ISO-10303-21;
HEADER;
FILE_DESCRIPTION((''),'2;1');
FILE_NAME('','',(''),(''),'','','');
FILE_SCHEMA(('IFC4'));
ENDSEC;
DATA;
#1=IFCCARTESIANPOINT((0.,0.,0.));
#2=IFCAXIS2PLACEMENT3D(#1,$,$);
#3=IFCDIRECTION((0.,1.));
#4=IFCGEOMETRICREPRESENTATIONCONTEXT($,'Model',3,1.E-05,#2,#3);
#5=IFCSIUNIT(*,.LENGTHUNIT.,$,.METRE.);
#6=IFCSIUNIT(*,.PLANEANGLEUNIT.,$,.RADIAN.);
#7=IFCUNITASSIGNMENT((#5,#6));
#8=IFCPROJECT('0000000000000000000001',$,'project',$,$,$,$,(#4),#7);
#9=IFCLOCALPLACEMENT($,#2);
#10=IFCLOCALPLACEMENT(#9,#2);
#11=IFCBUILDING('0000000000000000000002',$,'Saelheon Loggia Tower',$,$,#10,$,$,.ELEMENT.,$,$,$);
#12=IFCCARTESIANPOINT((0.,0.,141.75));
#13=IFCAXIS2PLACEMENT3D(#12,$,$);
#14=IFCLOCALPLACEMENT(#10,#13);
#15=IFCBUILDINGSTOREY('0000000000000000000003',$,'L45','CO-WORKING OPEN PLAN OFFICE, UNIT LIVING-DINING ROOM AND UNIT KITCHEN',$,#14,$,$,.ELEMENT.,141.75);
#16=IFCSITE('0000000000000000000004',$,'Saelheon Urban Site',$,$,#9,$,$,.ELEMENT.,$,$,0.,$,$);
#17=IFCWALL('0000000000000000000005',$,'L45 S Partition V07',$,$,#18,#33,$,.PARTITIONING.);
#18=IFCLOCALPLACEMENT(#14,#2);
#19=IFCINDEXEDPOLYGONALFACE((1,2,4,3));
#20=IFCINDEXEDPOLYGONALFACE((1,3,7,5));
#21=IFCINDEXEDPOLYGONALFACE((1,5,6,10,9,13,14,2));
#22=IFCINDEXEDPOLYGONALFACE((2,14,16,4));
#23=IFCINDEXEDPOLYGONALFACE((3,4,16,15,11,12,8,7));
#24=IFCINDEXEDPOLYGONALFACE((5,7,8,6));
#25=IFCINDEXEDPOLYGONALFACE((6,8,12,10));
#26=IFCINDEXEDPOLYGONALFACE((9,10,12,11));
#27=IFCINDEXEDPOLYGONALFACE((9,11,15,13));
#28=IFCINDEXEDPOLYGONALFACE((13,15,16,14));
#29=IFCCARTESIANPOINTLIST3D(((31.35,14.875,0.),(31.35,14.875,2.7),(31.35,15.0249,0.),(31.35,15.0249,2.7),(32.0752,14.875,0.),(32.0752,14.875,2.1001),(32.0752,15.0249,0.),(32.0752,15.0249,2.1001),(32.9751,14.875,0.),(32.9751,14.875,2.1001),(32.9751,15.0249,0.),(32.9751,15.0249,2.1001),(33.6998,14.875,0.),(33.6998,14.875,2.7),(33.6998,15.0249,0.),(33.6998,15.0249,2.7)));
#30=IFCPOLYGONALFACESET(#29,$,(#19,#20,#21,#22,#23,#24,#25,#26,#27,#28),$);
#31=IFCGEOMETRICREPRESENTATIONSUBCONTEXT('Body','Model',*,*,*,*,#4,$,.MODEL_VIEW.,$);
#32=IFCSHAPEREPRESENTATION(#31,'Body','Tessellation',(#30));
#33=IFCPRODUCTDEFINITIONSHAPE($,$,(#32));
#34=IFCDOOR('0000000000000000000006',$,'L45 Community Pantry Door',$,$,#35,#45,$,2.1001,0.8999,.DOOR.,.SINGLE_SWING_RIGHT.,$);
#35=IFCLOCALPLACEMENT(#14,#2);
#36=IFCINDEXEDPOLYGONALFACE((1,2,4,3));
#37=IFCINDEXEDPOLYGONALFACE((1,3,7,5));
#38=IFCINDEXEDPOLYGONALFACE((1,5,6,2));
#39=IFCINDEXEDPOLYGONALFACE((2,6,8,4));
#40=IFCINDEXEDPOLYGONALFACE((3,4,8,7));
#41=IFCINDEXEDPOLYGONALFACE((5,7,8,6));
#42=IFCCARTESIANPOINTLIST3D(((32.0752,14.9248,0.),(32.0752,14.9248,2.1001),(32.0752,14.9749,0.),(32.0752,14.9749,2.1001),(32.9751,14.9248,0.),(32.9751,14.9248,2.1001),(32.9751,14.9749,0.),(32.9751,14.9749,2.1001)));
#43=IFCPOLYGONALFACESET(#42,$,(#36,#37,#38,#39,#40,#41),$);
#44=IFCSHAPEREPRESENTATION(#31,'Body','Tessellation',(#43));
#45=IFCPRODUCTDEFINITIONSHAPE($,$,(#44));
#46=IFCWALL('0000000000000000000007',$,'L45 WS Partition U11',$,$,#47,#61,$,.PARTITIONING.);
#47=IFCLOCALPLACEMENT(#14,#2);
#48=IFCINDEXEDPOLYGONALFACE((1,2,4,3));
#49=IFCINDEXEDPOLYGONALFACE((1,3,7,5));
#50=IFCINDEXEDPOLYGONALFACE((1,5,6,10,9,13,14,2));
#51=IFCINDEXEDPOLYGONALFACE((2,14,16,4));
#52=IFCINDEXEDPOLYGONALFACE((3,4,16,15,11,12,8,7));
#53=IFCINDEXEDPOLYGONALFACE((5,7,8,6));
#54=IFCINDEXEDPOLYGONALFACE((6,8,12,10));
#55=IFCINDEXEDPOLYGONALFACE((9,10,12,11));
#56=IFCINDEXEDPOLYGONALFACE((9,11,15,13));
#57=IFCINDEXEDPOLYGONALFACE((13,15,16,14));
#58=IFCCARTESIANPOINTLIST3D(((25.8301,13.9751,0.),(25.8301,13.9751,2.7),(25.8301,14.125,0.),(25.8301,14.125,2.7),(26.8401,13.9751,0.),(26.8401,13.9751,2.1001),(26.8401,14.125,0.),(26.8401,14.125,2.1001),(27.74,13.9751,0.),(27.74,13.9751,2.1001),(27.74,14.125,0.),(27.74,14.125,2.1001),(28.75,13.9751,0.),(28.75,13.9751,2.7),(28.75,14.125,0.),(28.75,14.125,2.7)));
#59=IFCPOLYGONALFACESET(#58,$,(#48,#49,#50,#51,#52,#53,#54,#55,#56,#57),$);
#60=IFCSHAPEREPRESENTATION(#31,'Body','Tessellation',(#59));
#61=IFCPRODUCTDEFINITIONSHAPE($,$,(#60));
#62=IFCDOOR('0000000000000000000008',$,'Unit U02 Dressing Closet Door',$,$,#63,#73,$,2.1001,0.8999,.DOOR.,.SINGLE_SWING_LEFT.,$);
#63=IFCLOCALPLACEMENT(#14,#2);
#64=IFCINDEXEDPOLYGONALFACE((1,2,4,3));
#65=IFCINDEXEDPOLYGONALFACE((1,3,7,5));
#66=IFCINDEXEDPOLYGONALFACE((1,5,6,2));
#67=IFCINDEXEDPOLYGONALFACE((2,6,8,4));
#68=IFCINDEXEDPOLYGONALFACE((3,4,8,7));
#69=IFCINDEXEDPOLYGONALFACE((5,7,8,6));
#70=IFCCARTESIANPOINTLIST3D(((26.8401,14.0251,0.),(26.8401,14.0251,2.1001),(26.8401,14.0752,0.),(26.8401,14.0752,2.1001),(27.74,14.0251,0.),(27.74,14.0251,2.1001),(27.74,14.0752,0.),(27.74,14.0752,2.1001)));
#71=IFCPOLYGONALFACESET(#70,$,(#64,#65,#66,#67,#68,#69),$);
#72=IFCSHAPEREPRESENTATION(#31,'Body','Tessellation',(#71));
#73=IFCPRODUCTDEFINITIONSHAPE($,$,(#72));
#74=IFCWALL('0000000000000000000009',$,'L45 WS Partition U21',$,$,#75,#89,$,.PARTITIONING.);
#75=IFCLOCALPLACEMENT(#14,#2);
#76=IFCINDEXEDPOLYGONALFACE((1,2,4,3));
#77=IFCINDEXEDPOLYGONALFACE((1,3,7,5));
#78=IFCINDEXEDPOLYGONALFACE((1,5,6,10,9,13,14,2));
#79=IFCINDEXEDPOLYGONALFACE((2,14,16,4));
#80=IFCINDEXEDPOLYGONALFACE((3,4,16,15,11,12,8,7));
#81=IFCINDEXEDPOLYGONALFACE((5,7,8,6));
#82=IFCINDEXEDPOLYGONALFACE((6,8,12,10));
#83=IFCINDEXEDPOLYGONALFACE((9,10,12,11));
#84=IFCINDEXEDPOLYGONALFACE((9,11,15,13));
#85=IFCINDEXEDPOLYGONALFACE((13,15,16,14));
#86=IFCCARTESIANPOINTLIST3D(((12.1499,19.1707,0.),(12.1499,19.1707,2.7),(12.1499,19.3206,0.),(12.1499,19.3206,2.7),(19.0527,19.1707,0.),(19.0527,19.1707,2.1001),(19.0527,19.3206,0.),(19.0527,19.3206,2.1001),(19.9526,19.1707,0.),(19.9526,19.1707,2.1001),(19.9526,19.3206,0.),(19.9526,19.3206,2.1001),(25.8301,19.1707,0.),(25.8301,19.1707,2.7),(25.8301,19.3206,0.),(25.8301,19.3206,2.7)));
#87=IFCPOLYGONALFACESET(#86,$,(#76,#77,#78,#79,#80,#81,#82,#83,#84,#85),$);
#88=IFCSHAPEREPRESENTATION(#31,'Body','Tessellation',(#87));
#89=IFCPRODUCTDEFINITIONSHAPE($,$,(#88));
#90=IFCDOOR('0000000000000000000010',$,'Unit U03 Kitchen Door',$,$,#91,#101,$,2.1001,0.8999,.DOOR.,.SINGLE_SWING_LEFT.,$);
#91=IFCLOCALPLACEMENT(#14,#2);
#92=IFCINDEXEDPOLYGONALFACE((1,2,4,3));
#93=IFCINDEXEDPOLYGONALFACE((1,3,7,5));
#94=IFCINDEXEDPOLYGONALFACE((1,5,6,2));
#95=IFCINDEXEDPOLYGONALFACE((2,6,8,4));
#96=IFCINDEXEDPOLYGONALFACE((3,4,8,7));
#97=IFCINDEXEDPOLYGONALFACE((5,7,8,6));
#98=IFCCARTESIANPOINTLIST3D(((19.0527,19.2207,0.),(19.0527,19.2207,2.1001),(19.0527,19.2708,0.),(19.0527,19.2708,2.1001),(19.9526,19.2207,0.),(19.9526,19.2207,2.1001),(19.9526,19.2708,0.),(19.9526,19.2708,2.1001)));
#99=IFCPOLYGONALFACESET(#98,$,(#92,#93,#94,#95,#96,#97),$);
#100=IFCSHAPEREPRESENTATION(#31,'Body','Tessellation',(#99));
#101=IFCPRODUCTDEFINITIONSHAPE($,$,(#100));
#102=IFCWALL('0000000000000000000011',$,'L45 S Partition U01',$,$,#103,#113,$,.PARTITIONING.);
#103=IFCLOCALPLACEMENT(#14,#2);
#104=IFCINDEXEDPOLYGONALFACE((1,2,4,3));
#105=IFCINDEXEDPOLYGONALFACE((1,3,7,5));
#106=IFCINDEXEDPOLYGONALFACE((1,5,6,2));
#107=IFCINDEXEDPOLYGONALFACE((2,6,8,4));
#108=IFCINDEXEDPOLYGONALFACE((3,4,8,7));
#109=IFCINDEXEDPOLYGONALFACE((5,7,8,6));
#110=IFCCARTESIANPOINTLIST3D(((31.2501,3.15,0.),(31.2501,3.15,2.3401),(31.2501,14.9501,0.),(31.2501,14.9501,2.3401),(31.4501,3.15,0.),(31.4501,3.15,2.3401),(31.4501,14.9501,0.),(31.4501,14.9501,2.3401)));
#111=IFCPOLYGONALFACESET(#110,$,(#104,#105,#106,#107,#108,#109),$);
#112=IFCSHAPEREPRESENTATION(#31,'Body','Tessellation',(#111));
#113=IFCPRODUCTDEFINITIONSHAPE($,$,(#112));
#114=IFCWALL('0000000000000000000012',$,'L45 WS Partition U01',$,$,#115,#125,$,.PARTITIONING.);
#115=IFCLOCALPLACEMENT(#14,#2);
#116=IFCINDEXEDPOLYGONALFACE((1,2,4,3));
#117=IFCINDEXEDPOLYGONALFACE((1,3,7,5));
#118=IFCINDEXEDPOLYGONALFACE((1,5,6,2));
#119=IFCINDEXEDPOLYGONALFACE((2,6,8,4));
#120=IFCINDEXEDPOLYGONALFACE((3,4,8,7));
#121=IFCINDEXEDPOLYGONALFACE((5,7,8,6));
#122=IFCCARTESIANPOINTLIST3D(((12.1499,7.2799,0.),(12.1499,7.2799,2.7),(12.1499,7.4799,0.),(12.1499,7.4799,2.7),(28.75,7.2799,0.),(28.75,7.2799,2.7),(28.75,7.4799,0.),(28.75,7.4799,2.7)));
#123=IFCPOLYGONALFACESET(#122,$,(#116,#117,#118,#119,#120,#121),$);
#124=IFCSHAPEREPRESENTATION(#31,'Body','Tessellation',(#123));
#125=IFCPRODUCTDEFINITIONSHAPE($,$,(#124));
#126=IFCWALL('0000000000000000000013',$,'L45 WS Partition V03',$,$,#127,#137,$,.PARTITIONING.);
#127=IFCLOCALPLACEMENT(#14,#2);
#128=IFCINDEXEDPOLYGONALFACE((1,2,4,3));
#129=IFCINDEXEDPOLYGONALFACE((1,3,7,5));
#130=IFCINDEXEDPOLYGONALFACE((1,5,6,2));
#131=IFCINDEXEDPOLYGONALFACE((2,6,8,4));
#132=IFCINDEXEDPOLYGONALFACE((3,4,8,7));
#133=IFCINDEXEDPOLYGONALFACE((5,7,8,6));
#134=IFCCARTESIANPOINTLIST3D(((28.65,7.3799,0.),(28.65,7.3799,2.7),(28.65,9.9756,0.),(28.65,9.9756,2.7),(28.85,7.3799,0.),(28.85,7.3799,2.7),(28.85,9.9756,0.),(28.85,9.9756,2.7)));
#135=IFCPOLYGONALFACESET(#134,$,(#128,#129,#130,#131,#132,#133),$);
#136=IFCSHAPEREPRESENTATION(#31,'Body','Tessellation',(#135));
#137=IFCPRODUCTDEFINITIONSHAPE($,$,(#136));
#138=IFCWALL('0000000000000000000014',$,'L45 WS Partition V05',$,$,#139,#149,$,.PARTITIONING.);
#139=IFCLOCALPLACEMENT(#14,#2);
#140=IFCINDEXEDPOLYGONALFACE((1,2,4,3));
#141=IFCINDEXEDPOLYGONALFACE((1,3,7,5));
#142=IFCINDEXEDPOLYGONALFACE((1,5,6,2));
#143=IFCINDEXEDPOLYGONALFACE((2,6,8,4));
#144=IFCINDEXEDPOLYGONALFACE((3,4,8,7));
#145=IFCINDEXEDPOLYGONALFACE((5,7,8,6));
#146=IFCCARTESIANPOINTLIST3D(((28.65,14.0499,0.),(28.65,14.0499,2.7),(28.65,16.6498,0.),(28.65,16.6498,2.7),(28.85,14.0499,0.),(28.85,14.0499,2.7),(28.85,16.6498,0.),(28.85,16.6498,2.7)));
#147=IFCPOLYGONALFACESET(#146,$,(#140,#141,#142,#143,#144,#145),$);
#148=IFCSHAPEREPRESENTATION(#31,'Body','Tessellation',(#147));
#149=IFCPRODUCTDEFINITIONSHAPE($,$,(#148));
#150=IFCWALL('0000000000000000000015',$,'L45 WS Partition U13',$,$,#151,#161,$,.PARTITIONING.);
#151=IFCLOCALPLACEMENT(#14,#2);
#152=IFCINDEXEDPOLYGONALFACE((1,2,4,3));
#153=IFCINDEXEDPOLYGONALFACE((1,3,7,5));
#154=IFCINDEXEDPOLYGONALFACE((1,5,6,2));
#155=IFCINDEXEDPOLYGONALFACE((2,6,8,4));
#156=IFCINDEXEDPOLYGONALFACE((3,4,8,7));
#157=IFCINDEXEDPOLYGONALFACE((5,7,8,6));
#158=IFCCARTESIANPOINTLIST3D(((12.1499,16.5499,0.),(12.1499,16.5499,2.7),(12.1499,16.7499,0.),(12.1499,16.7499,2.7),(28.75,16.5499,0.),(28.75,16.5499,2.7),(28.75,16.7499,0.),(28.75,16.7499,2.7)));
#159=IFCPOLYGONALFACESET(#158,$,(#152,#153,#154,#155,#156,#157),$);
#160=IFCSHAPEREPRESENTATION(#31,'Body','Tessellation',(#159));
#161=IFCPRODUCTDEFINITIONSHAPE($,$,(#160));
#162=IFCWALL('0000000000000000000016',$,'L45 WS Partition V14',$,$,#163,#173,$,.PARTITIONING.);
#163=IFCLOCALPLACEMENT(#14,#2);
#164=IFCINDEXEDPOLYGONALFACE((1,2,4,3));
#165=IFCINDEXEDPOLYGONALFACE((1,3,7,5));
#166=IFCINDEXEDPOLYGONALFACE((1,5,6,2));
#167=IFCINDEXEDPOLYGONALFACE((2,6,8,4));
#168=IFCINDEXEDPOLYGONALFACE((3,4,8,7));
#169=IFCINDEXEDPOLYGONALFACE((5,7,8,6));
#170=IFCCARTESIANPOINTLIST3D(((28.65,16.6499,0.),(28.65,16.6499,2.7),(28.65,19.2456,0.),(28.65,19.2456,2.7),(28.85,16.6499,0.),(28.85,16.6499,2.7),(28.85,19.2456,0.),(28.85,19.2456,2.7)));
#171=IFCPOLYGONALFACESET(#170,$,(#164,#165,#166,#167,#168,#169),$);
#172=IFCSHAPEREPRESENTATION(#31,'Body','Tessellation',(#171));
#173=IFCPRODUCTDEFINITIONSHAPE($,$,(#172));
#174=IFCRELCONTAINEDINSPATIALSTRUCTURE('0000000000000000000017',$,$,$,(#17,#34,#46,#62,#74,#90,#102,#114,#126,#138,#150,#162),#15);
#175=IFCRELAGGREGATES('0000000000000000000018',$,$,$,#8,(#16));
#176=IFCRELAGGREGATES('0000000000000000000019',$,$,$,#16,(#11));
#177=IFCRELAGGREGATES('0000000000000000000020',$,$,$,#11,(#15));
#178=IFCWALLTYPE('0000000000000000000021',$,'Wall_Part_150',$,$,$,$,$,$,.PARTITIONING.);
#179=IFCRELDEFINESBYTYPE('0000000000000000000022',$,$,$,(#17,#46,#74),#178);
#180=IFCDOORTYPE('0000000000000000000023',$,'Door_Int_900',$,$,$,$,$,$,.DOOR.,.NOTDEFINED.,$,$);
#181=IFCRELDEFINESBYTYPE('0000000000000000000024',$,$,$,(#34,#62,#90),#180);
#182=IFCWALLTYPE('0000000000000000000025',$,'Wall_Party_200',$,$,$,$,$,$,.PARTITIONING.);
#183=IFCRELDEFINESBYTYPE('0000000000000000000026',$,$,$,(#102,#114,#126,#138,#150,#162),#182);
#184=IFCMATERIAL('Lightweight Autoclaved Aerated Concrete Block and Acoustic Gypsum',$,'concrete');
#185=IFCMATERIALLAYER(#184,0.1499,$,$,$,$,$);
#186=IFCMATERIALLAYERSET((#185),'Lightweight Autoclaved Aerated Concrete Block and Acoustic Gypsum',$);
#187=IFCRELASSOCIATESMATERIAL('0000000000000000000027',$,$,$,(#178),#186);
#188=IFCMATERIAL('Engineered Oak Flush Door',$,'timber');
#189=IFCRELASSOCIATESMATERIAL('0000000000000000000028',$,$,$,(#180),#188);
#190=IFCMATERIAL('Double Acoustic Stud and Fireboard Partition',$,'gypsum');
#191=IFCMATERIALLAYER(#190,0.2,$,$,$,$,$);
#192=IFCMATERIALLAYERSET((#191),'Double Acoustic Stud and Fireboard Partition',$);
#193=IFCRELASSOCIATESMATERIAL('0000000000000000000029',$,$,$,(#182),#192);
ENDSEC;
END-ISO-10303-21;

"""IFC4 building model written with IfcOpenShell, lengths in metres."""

from ifc_helpers import new_model, si_unit, direction, frame, frame_2d, origin, place, context, subcontext, project, spatial, rectangle, extrude, source, transform, mapped, material, layer, layer_set, type_object, element, fill, save


model = new_model("IFC4")

# Units and contexts
model_context = context("Model", 3, precision=1e-05, world=origin(), true_north=direction((0.0, 1.0)))
body_context = subcontext(model_context, "Body", "Model", "MODEL_VIEW")
ifc_project = project(units=[si_unit("LENGTHUNIT", "METRE"), si_unit("PLANEANGLEUNIT", "RADIAN")], contexts=[model_context])

# Site, building, storey
site_placement = place(None, origin())
site = spatial("IfcSite", under=ifc_project, at=site_placement, Name="Saelheon Urban Site", CompositionType="ELEMENT", RefElevation=0.0)
building_placement = place(site_placement, origin())
building = spatial("IfcBuilding", under=site, at=building_placement, Name="Saelheon Loggia Tower", CompositionType="ELEMENT")
storey_placement = place(building_placement, frame((0.0, 0.0, 141.75)))
storey = spatial("IfcBuildingStorey", under=building, at=storey_placement, Name="L45", Description="CO-WORKING OPEN PLAN OFFICE, UNIT LIVING-DINING ROOM AND UNIT KITCHEN", CompositionType="ELEMENT", Elevation=141.75)

# Walls, openings, doors
ifc_material_1 = material(Name="Lightweight Autoclaved Aerated Concrete Block and Acoustic Gypsum", Category="concrete")
ifc_layer_1 = layer(ifc_material_1, 0.1499)
ifc_layer_set_1 = layer_set([ifc_layer_1], Name="Lightweight Autoclaved Aerated Concrete Block and Acoustic Gypsum")
wall_type_1 = type_object("IfcWallType", Name="Wall_Part_150", PredefinedType="PARTITIONING", material=ifc_layer_set_1)
wall_1_placement = place(storey_placement, frame((31.3501, 14.95, 0.0), z_axis=(0.0, 0.0, 1.0), x_axis=(1.0, 0.0, 0.0)))
wall_1 = element("IfcWall", 1, at=wall_1_placement, inside=storey, type_object=wall_type_1, Name="L45 S Partition V07", PredefinedType="PARTITIONING", context=body_context, shape_type="SweptSolid", body=[
    extrude(rectangle(XDim=2.3499, YDim=0.1499, at=frame_2d((1.1748, 0.0))), origin(), (0.0, 0.0, 1.0), 2.7),
])
opening_1_placement = place(wall_1_placement, frame((0.7251, 0.0, 0.0)))
opening_1 = element("IfcOpeningElement", 2, at=opening_1_placement, cuts=wall_1, PredefinedType="OPENING", context=body_context, shape_type="SweptSolid", body=[
    extrude(rectangle(XDim=0.8999, YDim=2.1001, at=frame_2d((0.45, 1.05))), frame((0.0, 0.0869, 0.0), z_axis=(0.0, -1.0, 0.0), x_axis=(1.0, 0.0, 0.0)), (0.0, 0.0, 1.0), 0.1738),
])
ifc_material_2 = material(Name="Engineered Oak Flush Door", Category="timber")
door_type_1 = type_object("IfcDoorType", Name="Door_Int_900", OperationType="NOTDEFINED", PredefinedType="DOOR", material=ifc_material_2)
shared_shape_1 = source(origin(), body_context, "Body", "SweptSolid", [
    extrude(rectangle(XDim=0.8999, YDim=2.1001, at=frame_2d((0.45, 1.05))), frame((0.0, 0.0249, 0.0), z_axis=(0.0, -1.0, 0.0), x_axis=(1.0, 0.0, 0.0)), (0.0, 0.0, 1.0), 0.05),
])
door_1_placement = place(opening_1_placement, origin())
door_1 = element("IfcDoor", 3, at=door_1_placement, inside=storey, type_object=door_type_1, Name="L45 Community Pantry Door", OperationType="SINGLE_SWING_RIGHT", OverallHeight=2.1001, OverallWidth=0.8999, PredefinedType="DOOR", context=body_context, shape_type="MappedRepresentation", body=[
    mapped(shared_shape_1, transform((0.0, 0.0, 0.0), scale=1.0)),
])
fill(opening_1, door_1)
wall_2_placement = place(storey_placement, frame((28.75, 14.05, 0.0), z_axis=(0.0, 0.0, 1.0), x_axis=(-1.0, 0.0, 0.0)))
wall_2 = element("IfcWall", 4, at=wall_2_placement, inside=storey, type_object=wall_type_1, Name="L45 WS Partition U11", PredefinedType="PARTITIONING", context=body_context, shape_type="SweptSolid", body=[
    extrude(rectangle(XDim=2.9199, YDim=0.1499, at=frame_2d((1.46, 0.0))), origin(), (0.0, 0.0, 1.0), 2.7),
])
opening_2_placement = place(wall_2_placement, frame((1.01, 0.0, 0.0)))
opening_2 = element("IfcOpeningElement", 5, at=opening_2_placement, cuts=wall_2, PredefinedType="OPENING", context=body_context, shape_type="SweptSolid", body=[
    extrude(rectangle(XDim=0.8999, YDim=2.1001, at=frame_2d((0.45, 1.05))), frame((0.0, 0.0869, 0.0), z_axis=(0.0, -1.0, 0.0), x_axis=(1.0, 0.0, 0.0)), (0.0, 0.0, 1.0), 0.1738),
])
door_2_placement = place(opening_2_placement, origin())
door_2 = element("IfcDoor", 6, at=door_2_placement, inside=storey, type_object=door_type_1, Name="Unit U02 Dressing Closet Door", OperationType="SINGLE_SWING_LEFT", OverallHeight=2.1001, OverallWidth=0.8999, PredefinedType="DOOR", context=body_context, shape_type="MappedRepresentation", body=[
    mapped(shared_shape_1, transform((0.0, 0.0, 0.0), scale=1.0)),
])
fill(opening_2, door_2)
wall_3_placement = place(storey_placement, frame((25.8301, 19.2456, 0.0), z_axis=(0.0, 0.0, 1.0), x_axis=(-1.0, 0.0, 0.0)))
wall_3 = element("IfcWall", 7, at=wall_3_placement, inside=storey, type_object=wall_type_1, Name="L45 WS Partition U21", PredefinedType="PARTITIONING", context=body_context, shape_type="SweptSolid", body=[
    extrude(rectangle(XDim=13.6802, YDim=0.1499, at=frame_2d((6.8401, 0.0))), origin(), (0.0, 0.0, 1.0), 2.7),
])
opening_3_placement = place(wall_3_placement, frame((5.8774, 0.0, 0.0)))
opening_3 = element("IfcOpeningElement", 8, at=opening_3_placement, cuts=wall_3, PredefinedType="OPENING", context=body_context, shape_type="SweptSolid", body=[
    extrude(rectangle(XDim=0.8999, YDim=2.1001, at=frame_2d((0.45, 1.05))), frame((0.0, 0.0869, 0.0), z_axis=(0.0, -1.0, 0.0), x_axis=(1.0, 0.0, 0.0)), (0.0, 0.0, 1.0), 0.1738),
])
door_3_placement = place(opening_3_placement, origin())
door_3 = element("IfcDoor", 9, at=door_3_placement, inside=storey, type_object=door_type_1, Name="Unit U03 Kitchen Door", OperationType="SINGLE_SWING_LEFT", OverallHeight=2.1001, OverallWidth=0.8999, PredefinedType="DOOR", context=body_context, shape_type="MappedRepresentation", body=[
    mapped(shared_shape_1, transform((0.0, 0.0, 0.0), scale=1.0)),
])
fill(opening_3, door_3)

# Walls
ifc_material_3 = material(Name="Double Acoustic Stud and Fireboard Partition", Category="gypsum")
ifc_layer_2 = layer(ifc_material_3, 0.2)
ifc_layer_set_2 = layer_set([ifc_layer_2], Name="Double Acoustic Stud and Fireboard Partition")
wall_type_2 = type_object("IfcWallType", Name="Wall_Party_200", PredefinedType="PARTITIONING", material=ifc_layer_set_2)
wall_4_placement = place(storey_placement, frame((31.3501, 14.95, 0.0), z_axis=(0.0, 0.0, 1.0), x_axis=(0.0, -1.0, 0.0)))
element("IfcWall", 10, at=wall_4_placement, inside=storey, type_object=wall_type_2, Name="L45 S Partition U01", PredefinedType="PARTITIONING", context=body_context, shape_type="SweptSolid", body=[
    extrude(rectangle(XDim=11.8, YDim=0.2, at=frame_2d((5.8999, 0.0))), origin(), (0.0, 0.0, 1.0), 2.3401),
])
wall_5_placement = place(storey_placement, frame((28.75, 7.3799, 0.0), z_axis=(0.0, 0.0, 1.0), x_axis=(-1.0, 0.0, 0.0)))
element("IfcWall", 11, at=wall_5_placement, inside=storey, type_object=wall_type_2, Name="L45 WS Partition U01", PredefinedType="PARTITIONING", context=body_context, shape_type="SweptSolid", body=[
    extrude(rectangle(XDim=16.6001, YDim=0.2, at=frame_2d((8.3, 0.0))), origin(), (0.0, 0.0, 1.0), 2.7),
])
wall_6_placement = place(storey_placement, frame((28.75, 7.3799, 0.0), z_axis=(0.0, 0.0, 1.0), x_axis=(0.0, 1.0, 0.0)))
element("IfcWall", 12, at=wall_6_placement, inside=storey, type_object=wall_type_2, Name="L45 WS Partition V03", PredefinedType="PARTITIONING", context=body_context, shape_type="SweptSolid", body=[
    extrude(rectangle(XDim=2.5957, YDim=0.2, at=frame_2d((1.2979, 0.0))), origin(), (0.0, 0.0, 1.0), 2.7),
])

# Walls
wall_7_placement = place(storey_placement, frame((28.75, 14.05, 0.0), z_axis=(0.0, 0.0, 1.0), x_axis=(0.0, 1.0, 0.0)))
element("IfcWall", 13, at=wall_7_placement, inside=storey, type_object=wall_type_2, Name="L45 WS Partition V05", PredefinedType="PARTITIONING", context=body_context, shape_type="SweptSolid", body=[
    extrude(rectangle(XDim=2.5999, YDim=0.2, at=frame_2d((1.2998, 0.0))), origin(), (0.0, 0.0, 1.0), 2.7),
])
wall_8_placement = place(storey_placement, frame((28.75, 16.6499, 0.0), z_axis=(0.0, 0.0, 1.0), x_axis=(-1.0, 0.0, 0.0)))
element("IfcWall", 14, at=wall_8_placement, inside=storey, type_object=wall_type_2, Name="L45 WS Partition U13", PredefinedType="PARTITIONING", context=body_context, shape_type="SweptSolid", body=[
    extrude(rectangle(XDim=16.6001, YDim=0.2, at=frame_2d((8.3, 0.0))), origin(), (0.0, 0.0, 1.0), 2.7),
])
wall_9_placement = place(storey_placement, frame((28.75, 16.6499, 0.0), z_axis=(0.0, 0.0, 1.0), x_axis=(0.0, 1.0, 0.0)))
element("IfcWall", 15, at=wall_9_placement, inside=storey, type_object=wall_type_2, Name="L45 WS Partition V14", PredefinedType="PARTITIONING", context=body_context, shape_type="SweptSolid", body=[
    extrude(rectangle(XDim=2.5957, YDim=0.2, at=frame_2d((1.2979, 0.0))), origin(), (0.0, 0.0, 1.0), 2.7),
])

save(model, "model.ifc")
